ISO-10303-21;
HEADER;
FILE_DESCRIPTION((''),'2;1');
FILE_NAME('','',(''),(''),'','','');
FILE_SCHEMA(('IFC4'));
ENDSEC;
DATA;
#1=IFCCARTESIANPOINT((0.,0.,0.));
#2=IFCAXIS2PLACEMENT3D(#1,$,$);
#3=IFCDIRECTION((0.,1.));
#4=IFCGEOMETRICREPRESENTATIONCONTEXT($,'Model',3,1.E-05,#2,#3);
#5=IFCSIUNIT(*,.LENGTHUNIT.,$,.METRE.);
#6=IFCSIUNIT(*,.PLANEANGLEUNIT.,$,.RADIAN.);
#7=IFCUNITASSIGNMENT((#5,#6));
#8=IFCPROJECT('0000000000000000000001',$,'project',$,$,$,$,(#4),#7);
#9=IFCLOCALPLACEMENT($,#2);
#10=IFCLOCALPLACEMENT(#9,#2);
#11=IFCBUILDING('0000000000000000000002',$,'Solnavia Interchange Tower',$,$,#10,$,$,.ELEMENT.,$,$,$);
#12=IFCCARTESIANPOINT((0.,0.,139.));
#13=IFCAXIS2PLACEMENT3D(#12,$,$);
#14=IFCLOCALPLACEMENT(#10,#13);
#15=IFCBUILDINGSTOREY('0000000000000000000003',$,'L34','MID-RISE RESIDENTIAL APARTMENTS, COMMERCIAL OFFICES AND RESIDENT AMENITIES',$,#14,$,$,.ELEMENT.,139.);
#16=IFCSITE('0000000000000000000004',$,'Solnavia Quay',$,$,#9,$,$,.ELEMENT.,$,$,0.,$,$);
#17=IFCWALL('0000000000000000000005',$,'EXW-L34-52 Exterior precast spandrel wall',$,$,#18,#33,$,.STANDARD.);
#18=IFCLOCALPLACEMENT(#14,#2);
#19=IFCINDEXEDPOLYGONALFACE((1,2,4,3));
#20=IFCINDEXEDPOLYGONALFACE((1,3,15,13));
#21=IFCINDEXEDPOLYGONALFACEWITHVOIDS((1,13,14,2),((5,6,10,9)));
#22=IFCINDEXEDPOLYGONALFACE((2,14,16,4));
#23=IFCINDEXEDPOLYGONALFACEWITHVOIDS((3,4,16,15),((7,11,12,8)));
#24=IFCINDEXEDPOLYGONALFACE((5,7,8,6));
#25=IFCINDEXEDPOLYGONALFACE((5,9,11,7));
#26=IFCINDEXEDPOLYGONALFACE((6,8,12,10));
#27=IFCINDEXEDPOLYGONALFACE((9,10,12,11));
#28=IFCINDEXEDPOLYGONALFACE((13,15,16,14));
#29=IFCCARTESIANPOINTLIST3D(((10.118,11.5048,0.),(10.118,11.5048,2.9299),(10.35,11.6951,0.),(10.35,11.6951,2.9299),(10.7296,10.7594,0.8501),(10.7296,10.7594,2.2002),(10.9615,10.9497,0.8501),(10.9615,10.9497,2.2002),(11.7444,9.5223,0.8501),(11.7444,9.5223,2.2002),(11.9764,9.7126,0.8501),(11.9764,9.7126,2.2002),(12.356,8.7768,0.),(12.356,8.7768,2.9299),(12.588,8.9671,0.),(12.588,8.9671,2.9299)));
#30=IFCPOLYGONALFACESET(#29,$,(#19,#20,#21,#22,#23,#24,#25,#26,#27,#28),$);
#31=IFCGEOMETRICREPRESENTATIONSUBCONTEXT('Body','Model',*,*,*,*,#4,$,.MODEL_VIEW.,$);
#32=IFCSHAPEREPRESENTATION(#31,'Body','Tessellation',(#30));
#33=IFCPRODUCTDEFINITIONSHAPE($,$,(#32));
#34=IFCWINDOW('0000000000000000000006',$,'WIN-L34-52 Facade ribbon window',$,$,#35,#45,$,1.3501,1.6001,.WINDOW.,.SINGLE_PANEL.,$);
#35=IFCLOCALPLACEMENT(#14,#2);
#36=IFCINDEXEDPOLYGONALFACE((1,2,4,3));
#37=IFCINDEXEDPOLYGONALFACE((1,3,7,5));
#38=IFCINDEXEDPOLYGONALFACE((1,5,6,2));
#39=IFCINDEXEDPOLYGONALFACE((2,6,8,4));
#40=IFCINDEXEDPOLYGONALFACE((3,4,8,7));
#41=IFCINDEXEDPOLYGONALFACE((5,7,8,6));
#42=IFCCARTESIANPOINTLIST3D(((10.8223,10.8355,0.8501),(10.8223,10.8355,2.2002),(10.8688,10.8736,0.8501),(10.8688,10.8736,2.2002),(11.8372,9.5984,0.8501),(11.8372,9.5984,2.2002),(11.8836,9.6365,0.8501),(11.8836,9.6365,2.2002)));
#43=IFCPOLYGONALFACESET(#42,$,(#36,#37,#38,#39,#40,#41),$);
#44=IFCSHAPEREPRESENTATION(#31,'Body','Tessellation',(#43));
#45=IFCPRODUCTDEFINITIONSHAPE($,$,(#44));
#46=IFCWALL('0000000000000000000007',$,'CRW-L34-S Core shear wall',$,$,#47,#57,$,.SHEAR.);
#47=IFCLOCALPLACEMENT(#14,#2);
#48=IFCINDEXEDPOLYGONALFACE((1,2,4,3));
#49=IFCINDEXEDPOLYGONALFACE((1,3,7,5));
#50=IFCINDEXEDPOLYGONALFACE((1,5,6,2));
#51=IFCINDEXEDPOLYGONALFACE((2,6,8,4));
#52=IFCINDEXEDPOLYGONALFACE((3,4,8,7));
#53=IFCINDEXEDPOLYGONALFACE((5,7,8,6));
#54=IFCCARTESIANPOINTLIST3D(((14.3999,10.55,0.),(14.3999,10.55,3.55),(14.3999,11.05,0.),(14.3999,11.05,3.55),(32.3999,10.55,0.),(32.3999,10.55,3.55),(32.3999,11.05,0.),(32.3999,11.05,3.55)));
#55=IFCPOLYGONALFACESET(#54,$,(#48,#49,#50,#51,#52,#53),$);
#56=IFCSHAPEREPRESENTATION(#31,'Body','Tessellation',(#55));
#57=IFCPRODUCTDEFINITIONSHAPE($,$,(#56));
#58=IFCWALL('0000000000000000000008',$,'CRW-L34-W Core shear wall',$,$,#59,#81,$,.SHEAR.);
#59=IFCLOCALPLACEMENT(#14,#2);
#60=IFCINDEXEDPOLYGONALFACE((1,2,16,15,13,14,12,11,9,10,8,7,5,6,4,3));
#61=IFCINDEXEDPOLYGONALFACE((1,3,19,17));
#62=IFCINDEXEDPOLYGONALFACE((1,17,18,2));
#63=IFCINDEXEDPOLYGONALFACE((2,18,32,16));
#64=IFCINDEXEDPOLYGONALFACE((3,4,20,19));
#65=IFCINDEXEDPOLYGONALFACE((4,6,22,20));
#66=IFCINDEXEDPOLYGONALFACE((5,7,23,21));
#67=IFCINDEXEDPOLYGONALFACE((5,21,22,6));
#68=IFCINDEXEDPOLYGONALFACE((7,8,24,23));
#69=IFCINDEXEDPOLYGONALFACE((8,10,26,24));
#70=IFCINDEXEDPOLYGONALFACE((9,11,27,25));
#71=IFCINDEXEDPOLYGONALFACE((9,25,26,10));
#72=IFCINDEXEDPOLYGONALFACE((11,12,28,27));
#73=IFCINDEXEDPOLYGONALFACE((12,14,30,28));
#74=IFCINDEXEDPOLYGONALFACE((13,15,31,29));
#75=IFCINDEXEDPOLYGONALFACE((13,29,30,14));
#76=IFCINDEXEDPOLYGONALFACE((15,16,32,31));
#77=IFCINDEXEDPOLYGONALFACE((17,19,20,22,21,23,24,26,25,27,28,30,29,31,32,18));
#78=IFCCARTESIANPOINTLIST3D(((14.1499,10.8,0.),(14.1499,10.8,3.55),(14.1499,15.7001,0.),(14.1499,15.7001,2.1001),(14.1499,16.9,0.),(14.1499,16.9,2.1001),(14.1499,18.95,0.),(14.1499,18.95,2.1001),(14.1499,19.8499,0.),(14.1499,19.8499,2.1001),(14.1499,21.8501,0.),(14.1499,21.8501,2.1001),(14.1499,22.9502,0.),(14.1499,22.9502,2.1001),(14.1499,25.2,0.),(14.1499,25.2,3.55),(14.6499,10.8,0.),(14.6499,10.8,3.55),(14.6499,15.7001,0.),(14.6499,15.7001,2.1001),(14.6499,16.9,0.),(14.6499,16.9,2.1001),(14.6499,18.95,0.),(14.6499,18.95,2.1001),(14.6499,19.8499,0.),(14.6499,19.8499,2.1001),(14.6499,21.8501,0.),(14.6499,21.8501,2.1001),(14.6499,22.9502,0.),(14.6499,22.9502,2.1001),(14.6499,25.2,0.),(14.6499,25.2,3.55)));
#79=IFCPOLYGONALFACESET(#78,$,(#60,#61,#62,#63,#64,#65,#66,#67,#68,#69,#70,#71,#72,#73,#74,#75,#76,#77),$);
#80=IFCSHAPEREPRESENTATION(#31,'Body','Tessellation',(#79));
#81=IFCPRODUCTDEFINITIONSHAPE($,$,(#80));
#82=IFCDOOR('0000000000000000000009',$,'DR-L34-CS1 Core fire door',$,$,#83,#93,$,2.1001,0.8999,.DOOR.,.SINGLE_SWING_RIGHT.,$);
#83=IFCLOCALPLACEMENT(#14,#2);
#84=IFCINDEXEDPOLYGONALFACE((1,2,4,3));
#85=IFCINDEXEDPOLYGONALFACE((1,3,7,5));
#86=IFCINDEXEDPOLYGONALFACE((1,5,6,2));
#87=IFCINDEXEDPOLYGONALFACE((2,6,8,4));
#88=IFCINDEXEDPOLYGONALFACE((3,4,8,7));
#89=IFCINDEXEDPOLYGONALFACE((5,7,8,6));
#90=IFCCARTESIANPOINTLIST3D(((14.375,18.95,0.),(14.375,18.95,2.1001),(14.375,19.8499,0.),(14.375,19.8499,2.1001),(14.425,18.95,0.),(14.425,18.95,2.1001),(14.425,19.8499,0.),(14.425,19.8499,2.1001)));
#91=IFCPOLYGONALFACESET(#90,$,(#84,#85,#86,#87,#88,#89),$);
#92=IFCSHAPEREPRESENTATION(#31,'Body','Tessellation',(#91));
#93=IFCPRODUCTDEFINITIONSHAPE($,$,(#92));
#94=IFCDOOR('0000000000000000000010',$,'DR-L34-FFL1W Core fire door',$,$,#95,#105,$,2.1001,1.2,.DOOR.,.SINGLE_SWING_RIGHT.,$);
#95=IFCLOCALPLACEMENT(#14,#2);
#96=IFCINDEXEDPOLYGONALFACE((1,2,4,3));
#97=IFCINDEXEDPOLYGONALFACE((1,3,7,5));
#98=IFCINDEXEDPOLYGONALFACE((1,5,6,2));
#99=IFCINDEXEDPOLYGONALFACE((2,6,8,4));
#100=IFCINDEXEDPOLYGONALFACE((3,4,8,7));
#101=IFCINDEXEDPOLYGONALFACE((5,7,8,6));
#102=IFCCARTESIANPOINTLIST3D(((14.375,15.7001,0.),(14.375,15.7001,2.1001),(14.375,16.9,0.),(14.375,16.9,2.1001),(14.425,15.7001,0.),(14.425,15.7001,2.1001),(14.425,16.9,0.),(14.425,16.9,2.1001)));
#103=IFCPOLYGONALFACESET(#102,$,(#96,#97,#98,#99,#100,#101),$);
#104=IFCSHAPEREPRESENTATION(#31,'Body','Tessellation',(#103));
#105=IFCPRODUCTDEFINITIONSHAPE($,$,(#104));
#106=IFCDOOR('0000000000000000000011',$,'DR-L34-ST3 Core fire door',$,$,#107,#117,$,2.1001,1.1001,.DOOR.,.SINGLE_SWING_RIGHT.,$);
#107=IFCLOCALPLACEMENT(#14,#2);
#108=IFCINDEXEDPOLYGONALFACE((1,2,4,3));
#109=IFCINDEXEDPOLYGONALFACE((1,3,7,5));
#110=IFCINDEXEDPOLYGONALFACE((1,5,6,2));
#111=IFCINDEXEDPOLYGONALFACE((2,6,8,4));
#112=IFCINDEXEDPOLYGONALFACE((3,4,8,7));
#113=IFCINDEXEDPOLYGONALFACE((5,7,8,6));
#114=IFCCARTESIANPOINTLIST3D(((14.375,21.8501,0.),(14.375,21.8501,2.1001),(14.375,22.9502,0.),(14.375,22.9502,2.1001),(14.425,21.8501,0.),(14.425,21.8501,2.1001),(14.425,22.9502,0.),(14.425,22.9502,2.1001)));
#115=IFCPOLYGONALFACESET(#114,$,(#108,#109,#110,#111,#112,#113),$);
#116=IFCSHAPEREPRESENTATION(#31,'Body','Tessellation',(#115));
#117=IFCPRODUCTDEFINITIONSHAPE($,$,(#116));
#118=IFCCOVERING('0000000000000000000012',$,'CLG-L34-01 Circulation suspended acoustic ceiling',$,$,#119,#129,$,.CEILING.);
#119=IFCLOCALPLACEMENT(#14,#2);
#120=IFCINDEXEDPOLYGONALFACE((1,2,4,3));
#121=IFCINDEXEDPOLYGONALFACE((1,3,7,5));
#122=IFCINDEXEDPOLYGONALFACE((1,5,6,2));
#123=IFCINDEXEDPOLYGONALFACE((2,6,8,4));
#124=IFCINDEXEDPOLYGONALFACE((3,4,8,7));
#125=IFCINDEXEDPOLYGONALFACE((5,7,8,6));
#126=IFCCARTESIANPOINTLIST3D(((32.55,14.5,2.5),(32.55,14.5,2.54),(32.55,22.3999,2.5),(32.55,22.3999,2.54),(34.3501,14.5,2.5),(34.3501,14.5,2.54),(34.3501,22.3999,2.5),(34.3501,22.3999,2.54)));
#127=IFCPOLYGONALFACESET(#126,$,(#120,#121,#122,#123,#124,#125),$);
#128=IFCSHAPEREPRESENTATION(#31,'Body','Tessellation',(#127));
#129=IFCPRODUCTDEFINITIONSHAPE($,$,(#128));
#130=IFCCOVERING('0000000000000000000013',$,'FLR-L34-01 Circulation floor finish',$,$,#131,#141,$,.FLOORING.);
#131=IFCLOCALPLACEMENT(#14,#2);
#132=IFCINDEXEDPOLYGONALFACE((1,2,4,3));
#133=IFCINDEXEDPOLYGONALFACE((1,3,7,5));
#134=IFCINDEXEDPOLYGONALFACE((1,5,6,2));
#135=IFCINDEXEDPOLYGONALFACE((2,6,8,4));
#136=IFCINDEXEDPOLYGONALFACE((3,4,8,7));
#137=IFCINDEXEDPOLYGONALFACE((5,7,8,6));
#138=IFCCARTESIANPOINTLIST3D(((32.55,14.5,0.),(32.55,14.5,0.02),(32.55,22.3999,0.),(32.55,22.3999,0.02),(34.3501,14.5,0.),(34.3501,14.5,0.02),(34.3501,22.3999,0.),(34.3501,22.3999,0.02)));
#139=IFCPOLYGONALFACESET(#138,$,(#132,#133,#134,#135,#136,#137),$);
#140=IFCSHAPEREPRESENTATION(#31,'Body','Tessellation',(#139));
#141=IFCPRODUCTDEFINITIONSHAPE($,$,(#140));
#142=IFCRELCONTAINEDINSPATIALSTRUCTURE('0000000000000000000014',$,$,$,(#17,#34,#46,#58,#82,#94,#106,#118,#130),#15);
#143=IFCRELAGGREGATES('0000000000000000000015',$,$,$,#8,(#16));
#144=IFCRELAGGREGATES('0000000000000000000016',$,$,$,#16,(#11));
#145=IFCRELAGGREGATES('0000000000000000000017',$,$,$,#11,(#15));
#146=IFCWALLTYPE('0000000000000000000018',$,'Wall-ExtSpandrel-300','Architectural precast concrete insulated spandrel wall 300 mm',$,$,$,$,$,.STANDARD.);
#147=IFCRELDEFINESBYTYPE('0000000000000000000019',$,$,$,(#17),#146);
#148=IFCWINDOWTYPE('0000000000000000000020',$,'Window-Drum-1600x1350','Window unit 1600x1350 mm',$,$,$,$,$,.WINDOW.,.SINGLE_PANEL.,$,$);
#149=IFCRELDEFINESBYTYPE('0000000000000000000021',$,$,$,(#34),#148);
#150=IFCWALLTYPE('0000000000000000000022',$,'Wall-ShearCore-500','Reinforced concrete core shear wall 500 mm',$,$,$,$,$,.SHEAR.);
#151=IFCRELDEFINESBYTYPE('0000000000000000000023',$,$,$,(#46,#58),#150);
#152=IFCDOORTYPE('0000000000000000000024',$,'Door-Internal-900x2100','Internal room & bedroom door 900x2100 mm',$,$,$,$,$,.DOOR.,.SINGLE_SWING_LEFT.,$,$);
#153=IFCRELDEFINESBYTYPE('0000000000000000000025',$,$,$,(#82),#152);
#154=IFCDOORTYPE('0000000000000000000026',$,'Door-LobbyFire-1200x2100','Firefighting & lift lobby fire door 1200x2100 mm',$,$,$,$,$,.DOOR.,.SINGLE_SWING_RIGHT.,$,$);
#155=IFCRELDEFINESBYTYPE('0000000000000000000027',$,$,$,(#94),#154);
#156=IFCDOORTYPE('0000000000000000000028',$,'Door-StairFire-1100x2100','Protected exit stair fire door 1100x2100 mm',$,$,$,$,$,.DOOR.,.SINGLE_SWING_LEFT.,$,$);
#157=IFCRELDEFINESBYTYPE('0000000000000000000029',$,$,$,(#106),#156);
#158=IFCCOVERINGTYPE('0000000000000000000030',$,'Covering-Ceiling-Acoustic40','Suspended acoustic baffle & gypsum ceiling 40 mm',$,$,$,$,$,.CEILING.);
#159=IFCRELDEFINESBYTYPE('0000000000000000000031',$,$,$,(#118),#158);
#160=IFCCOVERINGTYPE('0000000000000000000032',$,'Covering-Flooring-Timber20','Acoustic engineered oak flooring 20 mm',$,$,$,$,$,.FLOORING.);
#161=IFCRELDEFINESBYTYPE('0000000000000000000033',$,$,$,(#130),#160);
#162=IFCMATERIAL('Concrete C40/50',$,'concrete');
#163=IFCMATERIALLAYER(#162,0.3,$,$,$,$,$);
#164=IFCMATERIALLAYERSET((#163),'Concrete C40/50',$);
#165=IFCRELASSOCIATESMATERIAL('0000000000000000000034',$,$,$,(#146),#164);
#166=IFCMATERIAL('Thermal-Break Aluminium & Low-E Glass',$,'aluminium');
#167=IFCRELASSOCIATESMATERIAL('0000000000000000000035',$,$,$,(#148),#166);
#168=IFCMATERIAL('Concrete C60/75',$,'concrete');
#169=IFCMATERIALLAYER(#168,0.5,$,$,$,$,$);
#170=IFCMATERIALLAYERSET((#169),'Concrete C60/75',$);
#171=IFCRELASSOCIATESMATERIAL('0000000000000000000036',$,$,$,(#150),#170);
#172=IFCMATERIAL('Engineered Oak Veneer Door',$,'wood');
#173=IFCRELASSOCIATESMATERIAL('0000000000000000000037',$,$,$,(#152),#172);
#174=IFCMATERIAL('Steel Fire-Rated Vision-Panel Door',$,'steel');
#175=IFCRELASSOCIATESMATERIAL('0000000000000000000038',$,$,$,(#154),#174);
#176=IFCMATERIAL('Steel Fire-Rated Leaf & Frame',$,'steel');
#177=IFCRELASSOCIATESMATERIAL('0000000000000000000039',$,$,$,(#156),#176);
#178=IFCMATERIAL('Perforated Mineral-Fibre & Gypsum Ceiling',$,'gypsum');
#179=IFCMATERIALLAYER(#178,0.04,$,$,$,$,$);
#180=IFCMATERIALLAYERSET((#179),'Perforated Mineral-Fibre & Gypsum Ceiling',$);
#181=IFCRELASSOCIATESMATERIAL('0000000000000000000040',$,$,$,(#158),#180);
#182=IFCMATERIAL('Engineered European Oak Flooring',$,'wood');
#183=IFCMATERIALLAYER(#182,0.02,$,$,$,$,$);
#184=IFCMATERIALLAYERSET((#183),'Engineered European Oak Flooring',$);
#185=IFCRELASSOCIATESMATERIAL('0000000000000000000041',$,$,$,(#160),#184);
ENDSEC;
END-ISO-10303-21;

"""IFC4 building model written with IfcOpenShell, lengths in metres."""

from ifc_helpers import new_model, si_unit, direction, frame, frame_2d, origin, place, context, subcontext, project, spatial, polyline, rectangle, outline, extrude, material, layer, layer_set, type_object, element, fill, save


model = new_model("IFC4")

# Units and contexts
model_context = context("Model", 3, precision=1e-05, world=origin(), true_north=direction((0.0, 1.0)))
body_context = subcontext(model_context, "Body", "Model", "MODEL_VIEW")
ifc_project = project(units=[si_unit("LENGTHUNIT", "METRE"), si_unit("PLANEANGLEUNIT", "RADIAN")], contexts=[model_context])

# Site, building, storey
site_placement = place(None, origin())
site = spatial("IfcSite", under=ifc_project, at=site_placement, Name="Solnavia Quay", CompositionType="ELEMENT", RefElevation=0.0)
building_placement = place(site_placement, origin())
building = spatial("IfcBuilding", under=site, at=building_placement, Name="Solnavia Interchange Tower", CompositionType="ELEMENT")
storey_placement = place(building_placement, frame((0.0, 0.0, 139.0)))
storey = spatial("IfcBuildingStorey", under=building, at=storey_placement, Name="L34", Description="MID-RISE RESIDENTIAL APARTMENTS, COMMERCIAL OFFICES AND RESIDENT AMENITIES", CompositionType="ELEMENT", Elevation=139.0)

# Shared definitions
ifc_material_1 = material(Name="Concrete C40/50", Category="concrete")

# Wall, opening, window
ifc_layer_1 = layer(ifc_material_1, 0.3)
ifc_layer_set_1 = layer_set([ifc_layer_1], Name="Concrete C40/50")
wall_type_1 = type_object("IfcWallType", Name="Wall-ExtSpandrel-300", Description="Architectural precast concrete insulated spandrel wall 300 mm", PredefinedType="STANDARD", material=ifc_layer_set_1)
wall_1_placement = place(storey_placement, frame((12.4719, 8.8721, 0.0), z_axis=(0.0, 0.0, 1.0), x_axis=(-0.634258, 0.773121, 0.0)))
wall_1 = element("IfcWall", 1, at=wall_1_placement, inside=storey, type_object=wall_type_1, Name="EXW-L34-52 Exterior precast spandrel wall", PredefinedType="STANDARD", context=body_context, shape_type="SweptSolid", body=[
    extrude(rectangle(XDim=3.5286, YDim=0.3, at=frame_2d((1.7642, 0.0))), origin(), (0.0, 0.0, 1.0), 2.9299),
])
opening_1_placement = place(wall_1_placement, frame((0.9641, 0.0, 0.8501)))
opening_1 = element("IfcOpeningElement", 2, at=opening_1_placement, cuts=wall_1, PredefinedType="OPENING", context=body_context, shape_type="SweptSolid", body=[
    extrude(rectangle(XDim=1.6001, YDim=1.3501, at=frame_2d((0.8, 0.675))), frame((0.0, 0.1602, 0.0), z_axis=(0.0, -1.0, 0.0), x_axis=(1.0, 0.0, 0.0)), (0.0, 0.0, 1.0), 0.3201),
])
ifc_material_2 = material(Name="Thermal-Break Aluminium & Low-E Glass", Category="aluminium")
window_type = type_object("IfcWindowType", Name="Window-Drum-1600x1350", Description="Window unit 1600x1350 mm", PartitioningType="SINGLE_PANEL", PredefinedType="WINDOW", material=ifc_material_2)
window_placement = place(opening_1_placement, origin())
window = element("IfcWindow", 3, at=window_placement, inside=storey, type_object=window_type, Name="WIN-L34-52 Facade ribbon window", OverallHeight=1.3501, OverallWidth=1.6001, PartitioningType="SINGLE_PANEL", PredefinedType="WINDOW", context=body_context, shape_type="SweptSolid", body=[
    extrude(rectangle(XDim=1.6001, YDim=1.3501, at=frame_2d((0.8, 0.675))), frame((0.0, 0.03, 0.0), z_axis=(0.0, -1.0, 0.0), x_axis=(1.0, 0.0, 0.0)), (0.0, 0.0, 1.0), 0.0601),
])
fill(opening_1, window)

# Wall
ifc_material_3 = material(Name="Concrete C60/75", Category="concrete")
ifc_layer_2 = layer(ifc_material_3, 0.5)
ifc_layer_set_2 = layer_set([ifc_layer_2], Name="Concrete C60/75")
wall_type_2 = type_object("IfcWallType", Name="Wall-ShearCore-500", Description="Reinforced concrete core shear wall 500 mm", PredefinedType="SHEAR", material=ifc_layer_set_2)
wall_2_placement = place(storey_placement, frame((14.3999, 10.8, 0.0), z_axis=(0.0, 0.0, 1.0), x_axis=(1.0, 0.0, 0.0)))
element("IfcWall", 4, at=wall_2_placement, inside=storey, type_object=wall_type_2, Name="CRW-L34-S Core shear wall", PredefinedType="SHEAR", context=body_context, shape_type="SweptSolid", body=[
    extrude(rectangle(XDim=18.0, YDim=0.5, at=frame_2d((9.0, 0.0))), origin(), (0.0, 0.0, 1.0), 3.55),
])

# Wall, openings, doors
wall_3_placement = place(storey_placement, frame((14.3999, 10.8, 0.0), z_axis=(0.0, 0.0, 1.0), x_axis=(0.0, 1.0, 0.0)))
wall_3 = element("IfcWall", 5, at=wall_3_placement, inside=storey, type_object=wall_type_2, Name="CRW-L34-W Core shear wall", PredefinedType="SHEAR", context=body_context, shape_type="SweptSolid", body=[
    extrude(rectangle(XDim=14.3999, YDim=0.5, at=frame_2d((7.2, 0.0))), origin(), (0.0, 0.0, 1.0), 3.55),
])
opening_2_placement = place(wall_3_placement, frame((11.05, 0.0, 0.0)))
opening_2 = element("IfcOpeningElement", 6, at=opening_2_placement, cuts=wall_3, PredefinedType="OPENING", context=body_context, shape_type="SweptSolid", body=[
    extrude(rectangle(XDim=1.1001, YDim=2.1001, at=frame_2d((0.55, 1.05))), frame((0.0, 0.26, 0.0), z_axis=(0.0, -1.0, 0.0), x_axis=(1.0, 0.0, 0.0)), (0.0, 0.0, 1.0), 0.52),
])
opening_3_placement = place(wall_3_placement, frame((4.8999, 0.0, 0.0)))
opening_3 = element("IfcOpeningElement", 7, at=opening_3_placement, cuts=wall_3, PredefinedType="OPENING", context=body_context, shape_type="SweptSolid", body=[
    extrude(rectangle(XDim=1.2, YDim=2.1001, at=frame_2d((0.6001, 1.05))), frame((0.0, 0.26, 0.0), z_axis=(0.0, -1.0, 0.0), x_axis=(1.0, 0.0, 0.0)), (0.0, 0.0, 1.0), 0.52),
])
opening_4_placement = place(wall_3_placement, frame((8.1499, 0.0, 0.0)))
opening_4 = element("IfcOpeningElement", 8, at=opening_4_placement, cuts=wall_3, PredefinedType="OPENING", context=body_context, shape_type="SweptSolid", body=[
    extrude(rectangle(XDim=0.8999, YDim=2.1001, at=frame_2d((0.45, 1.05))), frame((0.0, 0.26, 0.0), z_axis=(0.0, -1.0, 0.0), x_axis=(1.0, 0.0, 0.0)), (0.0, 0.0, 1.0), 0.52),
])
ifc_material_4 = material(Name="Engineered Oak Veneer Door", Category="wood")
door_type_1 = type_object("IfcDoorType", Name="Door-Internal-900x2100", Description="Internal room & bedroom door 900x2100 mm", OperationType="SINGLE_SWING_LEFT", PredefinedType="DOOR", material=ifc_material_4)
door_1_placement = place(opening_4_placement, origin())
door_1 = element("IfcDoor", 9, at=door_1_placement, inside=storey, type_object=door_type_1, Name="DR-L34-CS1 Core fire door", OperationType="SINGLE_SWING_RIGHT", OverallHeight=2.1001, OverallWidth=0.8999, PredefinedType="DOOR", context=body_context, shape_type="SweptSolid", body=[
    extrude(rectangle(XDim=0.8999, YDim=2.1001, at=frame_2d((0.45, 1.05))), frame((0.0, 0.0249, 0.0), z_axis=(0.0, -1.0, 0.0), x_axis=(1.0, 0.0, 0.0)), (0.0, 0.0, 1.0), 0.05),
])
fill(opening_4, door_1)
ifc_material_5 = material(Name="Steel Fire-Rated Vision-Panel Door", Category="steel")
door_type_2 = type_object("IfcDoorType", Name="Door-LobbyFire-1200x2100", Description="Firefighting & lift lobby fire door 1200x2100 mm", OperationType="SINGLE_SWING_RIGHT", PredefinedType="DOOR", material=ifc_material_5)
door_2_placement = place(opening_3_placement, origin())
door_2 = element("IfcDoor", 10, at=door_2_placement, inside=storey, type_object=door_type_2, Name="DR-L34-FFL1W Core fire door", OperationType="SINGLE_SWING_RIGHT", OverallHeight=2.1001, OverallWidth=1.2, PredefinedType="DOOR", context=body_context, shape_type="SweptSolid", body=[
    extrude(rectangle(XDim=1.2, YDim=2.1001, at=frame_2d((0.6001, 1.05))), frame((0.0, 0.0249, 0.0), z_axis=(0.0, -1.0, 0.0), x_axis=(1.0, 0.0, 0.0)), (0.0, 0.0, 1.0), 0.05),
])
fill(opening_3, door_2)
ifc_material_6 = material(Name="Steel Fire-Rated Leaf & Frame", Category="steel")
door_type_3 = type_object("IfcDoorType", Name="Door-StairFire-1100x2100", Description="Protected exit stair fire door 1100x2100 mm", OperationType="SINGLE_SWING_LEFT", PredefinedType="DOOR", material=ifc_material_6)
door_3_placement = place(opening_2_placement, origin())
door_3 = element("IfcDoor", 11, at=door_3_placement, inside=storey, type_object=door_type_3, Name="DR-L34-ST3 Core fire door", OperationType="SINGLE_SWING_RIGHT", OverallHeight=2.1001, OverallWidth=1.1001, PredefinedType="DOOR", context=body_context, shape_type="SweptSolid", body=[
    extrude(rectangle(XDim=1.1001, YDim=2.1001, at=frame_2d((0.55, 1.05))), frame((0.0, 0.0249, 0.0), z_axis=(0.0, -1.0, 0.0), x_axis=(1.0, 0.0, 0.0)), (0.0, 0.0, 1.0), 0.05),
])
fill(opening_2, door_3)

# Coverings
ifc_material_7 = material(Name="Perforated Mineral-Fibre & Gypsum Ceiling", Category="gypsum")
ifc_layer_3 = layer(ifc_material_7, 0.04)
ifc_layer_set_3 = layer_set([ifc_layer_3], Name="Perforated Mineral-Fibre & Gypsum Ceiling")
covering_type_1 = type_object("IfcCoveringType", Name="Covering-Ceiling-Acoustic40", Description="Suspended acoustic baffle & gypsum ceiling 40 mm", PredefinedType="CEILING", material=ifc_layer_set_3)
covering_1_placement = place(storey_placement, frame((0.0, 0.0, 2.5)))
element("IfcCovering", 12, at=covering_1_placement, inside=storey, type_object=covering_type_1, Name="CLG-L34-01 Circulation suspended acoustic ceiling", PredefinedType="CEILING", context=body_context, shape_type="SweptSolid", body=[
    extrude(outline(polyline([(32.55, 14.5), (34.3501, 14.5), (34.3501, 22.3999), (32.55, 22.3999), (32.55, 14.5)])), origin(), (0.0, 0.0, 1.0), 0.04),
])
ifc_material_8 = material(Name="Engineered European Oak Flooring", Category="wood")
ifc_layer_4 = layer(ifc_material_8, 0.02)
ifc_layer_set_4 = layer_set([ifc_layer_4], Name="Engineered European Oak Flooring")
covering_type_2 = type_object("IfcCoveringType", Name="Covering-Flooring-Timber20", Description="Acoustic engineered oak flooring 20 mm", PredefinedType="FLOORING", material=ifc_layer_set_4)
covering_2_placement = place(storey_placement, origin())
element("IfcCovering", 13, at=covering_2_placement, inside=storey, type_object=covering_type_2, Name="FLR-L34-01 Circulation floor finish", PredefinedType="FLOORING", context=body_context, shape_type="SweptSolid", body=[
    extrude(outline(polyline([(32.55, 14.5), (34.3501, 14.5), (34.3501, 22.3999), (32.55, 22.3999), (32.55, 14.5)])), origin(), (0.0, 0.0, 1.0), 0.02),
])

save(model, "model.ifc")
